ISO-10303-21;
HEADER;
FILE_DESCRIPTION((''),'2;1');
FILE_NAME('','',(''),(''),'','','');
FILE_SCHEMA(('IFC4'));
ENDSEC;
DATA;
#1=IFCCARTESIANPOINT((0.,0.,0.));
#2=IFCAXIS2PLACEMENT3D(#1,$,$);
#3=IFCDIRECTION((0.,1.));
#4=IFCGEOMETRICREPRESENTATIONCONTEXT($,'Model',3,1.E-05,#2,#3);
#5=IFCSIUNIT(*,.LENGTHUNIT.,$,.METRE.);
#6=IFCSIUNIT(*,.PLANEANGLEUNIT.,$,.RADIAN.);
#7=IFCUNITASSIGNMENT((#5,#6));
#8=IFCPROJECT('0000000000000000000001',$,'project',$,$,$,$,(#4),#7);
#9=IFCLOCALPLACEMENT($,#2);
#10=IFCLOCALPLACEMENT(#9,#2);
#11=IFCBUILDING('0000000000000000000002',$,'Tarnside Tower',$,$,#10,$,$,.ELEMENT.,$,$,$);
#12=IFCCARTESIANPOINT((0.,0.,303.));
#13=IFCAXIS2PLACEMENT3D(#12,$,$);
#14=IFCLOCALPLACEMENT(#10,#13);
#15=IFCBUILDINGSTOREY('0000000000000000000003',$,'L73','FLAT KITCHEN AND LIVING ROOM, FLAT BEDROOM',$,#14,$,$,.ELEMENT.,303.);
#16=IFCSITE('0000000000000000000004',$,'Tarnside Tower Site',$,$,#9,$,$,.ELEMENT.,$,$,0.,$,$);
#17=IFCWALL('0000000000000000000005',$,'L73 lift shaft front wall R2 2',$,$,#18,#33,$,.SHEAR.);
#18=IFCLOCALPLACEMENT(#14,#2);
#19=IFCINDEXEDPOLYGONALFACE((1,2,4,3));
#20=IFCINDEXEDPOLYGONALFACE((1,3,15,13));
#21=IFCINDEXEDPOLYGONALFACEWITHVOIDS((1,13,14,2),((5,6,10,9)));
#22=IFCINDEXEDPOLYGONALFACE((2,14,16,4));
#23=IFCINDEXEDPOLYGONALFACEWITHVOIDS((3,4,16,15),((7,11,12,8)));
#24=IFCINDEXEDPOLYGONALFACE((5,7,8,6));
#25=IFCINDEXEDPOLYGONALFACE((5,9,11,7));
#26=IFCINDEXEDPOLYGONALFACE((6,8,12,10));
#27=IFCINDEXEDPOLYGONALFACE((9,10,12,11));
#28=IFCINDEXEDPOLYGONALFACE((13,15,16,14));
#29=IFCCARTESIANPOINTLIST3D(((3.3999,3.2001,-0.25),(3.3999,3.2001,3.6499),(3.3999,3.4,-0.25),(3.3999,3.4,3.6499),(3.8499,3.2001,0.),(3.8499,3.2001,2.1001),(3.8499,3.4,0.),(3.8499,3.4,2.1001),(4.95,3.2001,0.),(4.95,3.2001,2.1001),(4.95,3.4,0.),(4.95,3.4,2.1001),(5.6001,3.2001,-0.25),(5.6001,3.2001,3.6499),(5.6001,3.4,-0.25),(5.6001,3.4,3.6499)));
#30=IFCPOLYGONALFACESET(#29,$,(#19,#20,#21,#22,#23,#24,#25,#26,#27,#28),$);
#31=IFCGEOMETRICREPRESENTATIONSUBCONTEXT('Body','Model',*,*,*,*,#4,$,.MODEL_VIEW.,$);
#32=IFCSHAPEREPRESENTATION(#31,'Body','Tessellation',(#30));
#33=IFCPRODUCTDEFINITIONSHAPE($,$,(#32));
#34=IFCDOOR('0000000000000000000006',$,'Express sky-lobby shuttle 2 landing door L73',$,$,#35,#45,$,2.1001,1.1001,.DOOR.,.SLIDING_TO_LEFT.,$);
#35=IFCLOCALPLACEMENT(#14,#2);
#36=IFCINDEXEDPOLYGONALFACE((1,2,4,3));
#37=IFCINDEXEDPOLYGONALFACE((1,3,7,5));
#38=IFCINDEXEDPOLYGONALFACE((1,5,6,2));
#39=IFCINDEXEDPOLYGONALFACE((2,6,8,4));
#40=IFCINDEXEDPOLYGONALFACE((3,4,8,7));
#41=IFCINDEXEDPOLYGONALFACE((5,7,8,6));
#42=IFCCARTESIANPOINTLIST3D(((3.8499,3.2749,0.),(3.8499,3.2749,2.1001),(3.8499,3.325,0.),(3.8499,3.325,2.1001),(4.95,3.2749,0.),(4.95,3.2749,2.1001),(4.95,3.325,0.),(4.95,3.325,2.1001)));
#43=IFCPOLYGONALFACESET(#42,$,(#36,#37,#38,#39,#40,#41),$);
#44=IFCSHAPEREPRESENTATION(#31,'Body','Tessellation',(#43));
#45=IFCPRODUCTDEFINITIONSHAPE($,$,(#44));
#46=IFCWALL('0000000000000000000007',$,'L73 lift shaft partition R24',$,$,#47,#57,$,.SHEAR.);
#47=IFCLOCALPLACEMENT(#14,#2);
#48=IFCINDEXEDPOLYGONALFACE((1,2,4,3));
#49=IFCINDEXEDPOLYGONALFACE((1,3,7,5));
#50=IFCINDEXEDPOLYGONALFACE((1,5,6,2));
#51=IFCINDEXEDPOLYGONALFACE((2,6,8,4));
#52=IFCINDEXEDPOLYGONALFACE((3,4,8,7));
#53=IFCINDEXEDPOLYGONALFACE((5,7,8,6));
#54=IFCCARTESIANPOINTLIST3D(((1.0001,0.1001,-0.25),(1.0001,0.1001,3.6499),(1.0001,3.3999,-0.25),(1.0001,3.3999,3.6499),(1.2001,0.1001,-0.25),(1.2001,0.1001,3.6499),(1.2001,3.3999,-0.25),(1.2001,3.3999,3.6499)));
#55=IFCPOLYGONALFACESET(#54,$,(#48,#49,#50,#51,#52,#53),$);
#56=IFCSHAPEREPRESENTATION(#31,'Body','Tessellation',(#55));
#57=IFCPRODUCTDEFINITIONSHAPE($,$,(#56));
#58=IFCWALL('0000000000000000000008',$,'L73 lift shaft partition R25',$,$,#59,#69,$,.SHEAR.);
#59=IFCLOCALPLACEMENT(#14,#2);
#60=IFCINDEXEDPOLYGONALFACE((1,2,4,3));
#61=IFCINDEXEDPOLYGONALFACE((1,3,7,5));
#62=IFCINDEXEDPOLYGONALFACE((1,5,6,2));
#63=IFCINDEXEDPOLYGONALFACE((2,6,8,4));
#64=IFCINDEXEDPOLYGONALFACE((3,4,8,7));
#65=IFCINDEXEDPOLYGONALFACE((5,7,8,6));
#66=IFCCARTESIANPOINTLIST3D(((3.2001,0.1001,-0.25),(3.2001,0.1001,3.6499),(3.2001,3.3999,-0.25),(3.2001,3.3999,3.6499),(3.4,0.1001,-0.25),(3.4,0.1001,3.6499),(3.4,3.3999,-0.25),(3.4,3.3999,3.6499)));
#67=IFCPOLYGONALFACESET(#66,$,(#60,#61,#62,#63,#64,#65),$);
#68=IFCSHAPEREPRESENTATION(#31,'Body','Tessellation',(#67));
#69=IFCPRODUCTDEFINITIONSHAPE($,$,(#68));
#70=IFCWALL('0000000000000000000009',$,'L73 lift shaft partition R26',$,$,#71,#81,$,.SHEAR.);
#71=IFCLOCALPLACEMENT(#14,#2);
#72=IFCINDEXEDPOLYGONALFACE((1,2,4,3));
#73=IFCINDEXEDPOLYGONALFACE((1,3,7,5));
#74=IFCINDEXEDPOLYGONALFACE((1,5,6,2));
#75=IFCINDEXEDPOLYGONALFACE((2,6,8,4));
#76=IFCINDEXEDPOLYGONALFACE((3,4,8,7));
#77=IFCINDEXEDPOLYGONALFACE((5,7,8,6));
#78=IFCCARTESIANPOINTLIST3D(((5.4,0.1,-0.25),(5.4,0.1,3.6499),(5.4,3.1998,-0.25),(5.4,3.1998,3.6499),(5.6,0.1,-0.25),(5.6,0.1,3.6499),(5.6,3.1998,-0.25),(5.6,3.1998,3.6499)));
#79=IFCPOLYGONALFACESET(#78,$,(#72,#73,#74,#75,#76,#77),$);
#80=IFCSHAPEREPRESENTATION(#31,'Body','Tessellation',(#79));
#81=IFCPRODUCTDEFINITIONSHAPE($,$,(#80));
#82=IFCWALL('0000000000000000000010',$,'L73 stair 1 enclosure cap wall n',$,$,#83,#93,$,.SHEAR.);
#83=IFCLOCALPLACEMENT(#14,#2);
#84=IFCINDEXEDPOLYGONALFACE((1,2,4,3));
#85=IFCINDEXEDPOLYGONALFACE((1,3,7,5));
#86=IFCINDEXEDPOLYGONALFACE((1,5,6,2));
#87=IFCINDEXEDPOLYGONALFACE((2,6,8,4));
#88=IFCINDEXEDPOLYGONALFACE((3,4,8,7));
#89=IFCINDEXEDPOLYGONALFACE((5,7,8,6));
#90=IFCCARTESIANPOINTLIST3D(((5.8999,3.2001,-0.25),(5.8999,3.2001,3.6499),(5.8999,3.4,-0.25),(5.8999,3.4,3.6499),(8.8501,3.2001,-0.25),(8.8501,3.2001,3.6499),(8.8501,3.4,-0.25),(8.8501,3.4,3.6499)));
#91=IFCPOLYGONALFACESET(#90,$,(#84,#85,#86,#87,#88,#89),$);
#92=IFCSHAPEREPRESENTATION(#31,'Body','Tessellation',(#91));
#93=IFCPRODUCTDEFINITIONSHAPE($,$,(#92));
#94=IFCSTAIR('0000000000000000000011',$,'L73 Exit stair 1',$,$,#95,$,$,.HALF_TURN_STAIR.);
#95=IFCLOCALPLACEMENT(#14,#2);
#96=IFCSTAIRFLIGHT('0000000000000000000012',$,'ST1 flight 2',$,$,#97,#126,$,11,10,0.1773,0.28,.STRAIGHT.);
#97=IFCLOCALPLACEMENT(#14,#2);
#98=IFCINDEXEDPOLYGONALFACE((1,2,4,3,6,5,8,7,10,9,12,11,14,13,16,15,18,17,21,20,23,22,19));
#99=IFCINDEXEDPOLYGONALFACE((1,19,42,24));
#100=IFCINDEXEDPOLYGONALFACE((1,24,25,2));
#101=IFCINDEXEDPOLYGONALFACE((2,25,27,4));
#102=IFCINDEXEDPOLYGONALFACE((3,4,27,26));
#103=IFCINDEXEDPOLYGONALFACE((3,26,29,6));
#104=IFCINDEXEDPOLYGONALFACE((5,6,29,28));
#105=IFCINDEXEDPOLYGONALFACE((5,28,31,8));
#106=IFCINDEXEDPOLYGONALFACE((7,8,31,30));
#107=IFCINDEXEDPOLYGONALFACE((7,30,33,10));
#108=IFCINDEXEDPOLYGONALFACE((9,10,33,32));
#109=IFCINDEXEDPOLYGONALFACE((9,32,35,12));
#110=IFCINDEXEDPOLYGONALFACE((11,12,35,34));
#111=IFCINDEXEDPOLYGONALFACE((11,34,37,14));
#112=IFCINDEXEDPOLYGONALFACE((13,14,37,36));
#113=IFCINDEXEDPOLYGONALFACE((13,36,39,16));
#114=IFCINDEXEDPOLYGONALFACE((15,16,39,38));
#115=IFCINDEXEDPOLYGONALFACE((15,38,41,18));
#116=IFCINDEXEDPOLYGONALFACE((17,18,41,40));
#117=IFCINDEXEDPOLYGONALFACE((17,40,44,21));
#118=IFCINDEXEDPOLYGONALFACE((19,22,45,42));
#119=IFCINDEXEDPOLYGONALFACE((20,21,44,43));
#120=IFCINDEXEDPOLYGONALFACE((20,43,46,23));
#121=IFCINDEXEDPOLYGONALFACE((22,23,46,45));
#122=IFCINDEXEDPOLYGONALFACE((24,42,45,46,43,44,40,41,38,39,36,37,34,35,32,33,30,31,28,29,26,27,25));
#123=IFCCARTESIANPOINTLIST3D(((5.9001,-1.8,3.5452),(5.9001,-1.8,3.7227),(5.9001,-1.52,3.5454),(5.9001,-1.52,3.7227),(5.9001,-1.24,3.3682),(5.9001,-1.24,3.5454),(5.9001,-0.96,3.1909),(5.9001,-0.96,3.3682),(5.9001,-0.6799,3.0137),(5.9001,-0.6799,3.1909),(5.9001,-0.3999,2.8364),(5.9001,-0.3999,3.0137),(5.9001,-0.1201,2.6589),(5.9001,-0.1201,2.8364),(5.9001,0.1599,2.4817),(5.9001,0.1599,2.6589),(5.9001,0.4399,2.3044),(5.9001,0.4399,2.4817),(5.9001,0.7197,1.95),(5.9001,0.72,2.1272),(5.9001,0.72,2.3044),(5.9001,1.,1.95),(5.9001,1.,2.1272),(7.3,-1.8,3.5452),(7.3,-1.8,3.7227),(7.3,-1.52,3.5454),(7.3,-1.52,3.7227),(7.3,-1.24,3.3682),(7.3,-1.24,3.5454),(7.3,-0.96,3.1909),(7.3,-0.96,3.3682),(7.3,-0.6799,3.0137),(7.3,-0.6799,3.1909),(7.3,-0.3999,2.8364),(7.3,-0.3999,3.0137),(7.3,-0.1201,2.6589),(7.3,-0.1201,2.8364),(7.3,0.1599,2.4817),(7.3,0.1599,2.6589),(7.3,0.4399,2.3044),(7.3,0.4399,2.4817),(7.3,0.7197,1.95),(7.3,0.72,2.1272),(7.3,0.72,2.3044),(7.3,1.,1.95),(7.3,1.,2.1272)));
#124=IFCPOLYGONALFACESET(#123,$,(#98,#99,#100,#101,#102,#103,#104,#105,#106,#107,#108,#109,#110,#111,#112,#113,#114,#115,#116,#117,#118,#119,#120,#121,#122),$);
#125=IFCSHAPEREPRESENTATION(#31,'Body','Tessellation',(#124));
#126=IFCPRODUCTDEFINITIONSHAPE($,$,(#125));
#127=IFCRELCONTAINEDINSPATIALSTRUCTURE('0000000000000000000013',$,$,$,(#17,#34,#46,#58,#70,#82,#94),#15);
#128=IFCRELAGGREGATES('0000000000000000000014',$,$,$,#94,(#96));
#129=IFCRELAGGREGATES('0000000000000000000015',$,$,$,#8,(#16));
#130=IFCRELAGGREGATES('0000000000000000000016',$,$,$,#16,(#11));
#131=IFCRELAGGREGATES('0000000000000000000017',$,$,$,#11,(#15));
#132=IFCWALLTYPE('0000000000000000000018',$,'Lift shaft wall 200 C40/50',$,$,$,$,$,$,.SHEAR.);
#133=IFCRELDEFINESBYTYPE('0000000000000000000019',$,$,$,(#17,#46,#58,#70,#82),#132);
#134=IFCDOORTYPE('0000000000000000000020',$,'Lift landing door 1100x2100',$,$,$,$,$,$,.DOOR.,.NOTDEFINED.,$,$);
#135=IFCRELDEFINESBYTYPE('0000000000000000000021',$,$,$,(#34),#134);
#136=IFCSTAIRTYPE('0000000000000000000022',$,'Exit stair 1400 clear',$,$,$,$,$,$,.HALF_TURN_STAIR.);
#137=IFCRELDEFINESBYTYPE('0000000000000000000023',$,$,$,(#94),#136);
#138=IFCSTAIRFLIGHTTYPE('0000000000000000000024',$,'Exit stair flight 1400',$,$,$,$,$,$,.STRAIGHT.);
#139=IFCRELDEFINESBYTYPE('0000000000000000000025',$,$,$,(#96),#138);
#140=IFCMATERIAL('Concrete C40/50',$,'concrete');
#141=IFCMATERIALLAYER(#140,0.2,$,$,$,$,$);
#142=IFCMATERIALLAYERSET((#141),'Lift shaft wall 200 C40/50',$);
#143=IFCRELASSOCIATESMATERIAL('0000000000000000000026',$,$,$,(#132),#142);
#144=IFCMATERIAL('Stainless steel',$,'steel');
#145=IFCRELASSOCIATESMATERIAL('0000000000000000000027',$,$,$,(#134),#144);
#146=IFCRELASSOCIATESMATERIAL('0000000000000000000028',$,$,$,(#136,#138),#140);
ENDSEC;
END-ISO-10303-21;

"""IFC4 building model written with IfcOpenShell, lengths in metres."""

from ifc_helpers import new_model, si_unit, direction, frame, frame_2d, origin, place, context, subcontext, project, spatial, polyline, rectangle, outline, extrude, material, layer, layer_set, type_object, element, fill, aggregate, save


model = new_model("IFC4")

# Units and contexts
model_context = context("Model", 3, precision=1e-05, world=origin(), true_north=direction((0.0, 1.0)))
body_context = subcontext(model_context, "Body", "Model", "MODEL_VIEW")
ifc_project = project(units=[si_unit("LENGTHUNIT", "METRE"), si_unit("PLANEANGLEUNIT", "RADIAN")], contexts=[model_context])

# Site, building, storey
site_placement = place(None, origin())
site = spatial("IfcSite", under=ifc_project, at=site_placement, Name="Tarnside Tower Site", CompositionType="ELEMENT", RefElevation=0.0)
building_placement = place(site_placement, origin())
building = spatial("IfcBuilding", under=site, at=building_placement, Name="Tarnside Tower", CompositionType="ELEMENT")
storey_placement = place(building_placement, frame((0.0, 0.0, 303.0)))
storey = spatial("IfcBuildingStorey", under=building, at=storey_placement, Name="L73", Description="FLAT KITCHEN AND LIVING ROOM, FLAT BEDROOM", CompositionType="ELEMENT", Elevation=303.0)

# Shared definitions
ifc_material_1 = material(Name="Concrete C40/50", Category="concrete")

# Shared definitions
ifc_layer_1 = layer(ifc_material_1, 0.2)
ifc_layer_set_1 = layer_set([ifc_layer_1], Name="Lift shaft wall 200 C40/50")
wall_type_1 = type_object("IfcWallType", Name="Lift shaft wall 200 C40/50", PredefinedType="SHEAR", material=ifc_layer_set_1)

# Wall, opening, door
wall_1_placement = place(storey_placement, frame((3.3999, 3.3, -0.25), z_axis=(0.0, 0.0, 1.0), x_axis=(1.0, 0.0, 0.0)))
wall_1 = element("IfcWall", 1, at=wall_1_placement, inside=storey, type_object=wall_type_1, Name="L73 lift shaft front wall R2 2", PredefinedType="SHEAR", context=body_context, shape_type="SweptSolid", body=[
    extrude(rectangle(XDim=2.2002, YDim=0.2, at=frame_2d((1.1001, 0.0))), origin(), (0.0, 0.0, 1.0), 3.8999),
])
opening_1_placement = place(wall_1_placement, frame((0.45, 0.0, 0.25)))
opening_1 = element("IfcOpeningElement", 2, at=opening_1_placement, cuts=wall_1, PredefinedType="OPENING", context=body_context, shape_type="SweptSolid", body=[
    extrude(rectangle(XDim=1.1001, YDim=2.1001, at=frame_2d((0.55, 1.05))), frame((0.0, 0.1099, 0.0), z_axis=(0.0, -1.0, 0.0), x_axis=(1.0, 0.0, 0.0)), (0.0, 0.0, 1.0), 0.22),
])
ifc_material_2 = material(Name="Stainless steel", Category="steel")
door_type_1 = type_object("IfcDoorType", Name="Lift landing door 1100x2100", OperationType="NOTDEFINED", PredefinedType="DOOR", material=ifc_material_2)
door_1_placement = place(opening_1_placement, origin())
door_1 = element("IfcDoor", 3, at=door_1_placement, inside=storey, type_object=door_type_1, Name="Express sky-lobby shuttle 2 landing door L73", OperationType="SLIDING_TO_LEFT", OverallHeight=2.1001, OverallWidth=1.1001, PredefinedType="DOOR", context=body_context, shape_type="SweptSolid", body=[
    extrude(rectangle(XDim=1.1001, YDim=2.1001, at=frame_2d((0.55, 1.05))), frame((0.0, 0.0249, 0.0), z_axis=(0.0, -1.0, 0.0), x_axis=(1.0, 0.0, 0.0)), (0.0, 0.0, 1.0), 0.05),
])
fill(opening_1, door_1)

# Walls
for number, where, z_axis, x_axis, name in (
    (4, (1.1001, 0.1001, -0.25), (0.0, 0.0, 1.0), (0.0, 1.0, 0.0), "L73 lift shaft partition R24"),
    (5, (3.3, 0.1001, -0.25), (0.0, 0.0, 1.0), (0.0, 1.0, 0.0), "L73 lift shaft partition R25"),
):
    element("IfcWall", number, at=place(storey_placement, frame(where, z_axis=z_axis, x_axis=x_axis)), inside=storey, type_object=wall_type_1, Name=name, PredefinedType="SHEAR", context=body_context, shape_type="SweptSolid", body=[
        extrude(rectangle(XDim=3.2998, YDim=0.2, at=frame_2d((1.6499, 0.0))), origin(), (0.0, 0.0, 1.0), 3.8999),
    ])
wall_2_placement = place(storey_placement, frame((5.5, 0.1001, -0.25), z_axis=(0.0, 0.0, 1.0), x_axis=(0.0, 1.0, 0.0)))
element("IfcWall", 6, at=wall_2_placement, inside=storey, type_object=wall_type_1, Name="L73 lift shaft partition R26", PredefinedType="SHEAR", context=body_context, shape_type="SweptSolid", body=[
    extrude(rectangle(XDim=3.0999, YDim=0.2, at=frame_2d((1.5498, 0.0))), origin(), (0.0, 0.0, 1.0), 3.8999),
])
wall_3_placement = place(storey_placement, frame((5.8999, 3.3, -0.25), z_axis=(0.0, 0.0, 1.0), x_axis=(1.0, 0.0, 0.0)))
element("IfcWall", 7, at=wall_3_placement, inside=storey, type_object=wall_type_1, Name="L73 stair 1 enclosure cap wall n", PredefinedType="SHEAR", context=body_context, shape_type="SweptSolid", body=[
    extrude(rectangle(XDim=2.9502, YDim=0.2, at=frame_2d((1.4751, 0.0))), origin(), (0.0, 0.0, 1.0), 3.8999),
])

# Stair, stair flight
stair_type = type_object("IfcStairType", Name="Exit stair 1400 clear", PredefinedType="HALF_TURN_STAIR", material=ifc_material_1)
stair_placement = place(storey_placement, origin())
stair = element("IfcStair", 8, at=stair_placement, inside=storey, type_object=stair_type, Name="L73 Exit stair 1", PredefinedType="HALF_TURN_STAIR")
stair_flight_type = type_object("IfcStairFlightType", Name="Exit stair flight 1400", PredefinedType="STRAIGHT", material=ifc_material_1)
stair_flight_placement = place(storey_placement, frame((6.6001, 1.0, 1.95), z_axis=(0.0, 0.0, 1.0), x_axis=(0.0, -1.0, 0.0)))
stair_flight = element("IfcStairFlight", 9, at=stair_flight_placement, type_object=stair_flight_type, Name="ST1 flight 2", NumberOfRisers=11, NumberOfTreads=10, PredefinedType="STRAIGHT", RiserHeight=0.1773, TreadLength=0.28, context=body_context, shape_type="SweptSolid", body=[
    extrude(outline(polyline([(0.0, 0.0), (0.0, 0.1772), (0.28, 0.1772), (0.28, 0.3545), (0.5601, 0.3545), (0.5601, 0.5317), (0.8401, 0.5317), (0.8401, 0.709), (1.1201, 0.709), (1.1201, 0.8865), (1.3999, 0.8865), (1.3999, 1.0637), (1.6799, 1.0637), (1.6799, 1.241), (1.96, 1.241), (1.96, 1.4182), (2.24, 1.4182), (2.24, 1.5955), (2.52, 1.5955), (2.52, 1.7727), (2.8, 1.7727), (2.8, 1.95), (2.8, 1.5952), (0.2803, 0.0), (0.0, 0.0)])), frame((0.0, 0.7, 0.0), z_axis=(0.0, -1.0, 0.0), x_axis=(1.0, 0.0, 0.0)), (0.0, 0.0, 1.0), 1.3999),
])
aggregate(stair, [stair_flight])

save(model, "model.ifc")
